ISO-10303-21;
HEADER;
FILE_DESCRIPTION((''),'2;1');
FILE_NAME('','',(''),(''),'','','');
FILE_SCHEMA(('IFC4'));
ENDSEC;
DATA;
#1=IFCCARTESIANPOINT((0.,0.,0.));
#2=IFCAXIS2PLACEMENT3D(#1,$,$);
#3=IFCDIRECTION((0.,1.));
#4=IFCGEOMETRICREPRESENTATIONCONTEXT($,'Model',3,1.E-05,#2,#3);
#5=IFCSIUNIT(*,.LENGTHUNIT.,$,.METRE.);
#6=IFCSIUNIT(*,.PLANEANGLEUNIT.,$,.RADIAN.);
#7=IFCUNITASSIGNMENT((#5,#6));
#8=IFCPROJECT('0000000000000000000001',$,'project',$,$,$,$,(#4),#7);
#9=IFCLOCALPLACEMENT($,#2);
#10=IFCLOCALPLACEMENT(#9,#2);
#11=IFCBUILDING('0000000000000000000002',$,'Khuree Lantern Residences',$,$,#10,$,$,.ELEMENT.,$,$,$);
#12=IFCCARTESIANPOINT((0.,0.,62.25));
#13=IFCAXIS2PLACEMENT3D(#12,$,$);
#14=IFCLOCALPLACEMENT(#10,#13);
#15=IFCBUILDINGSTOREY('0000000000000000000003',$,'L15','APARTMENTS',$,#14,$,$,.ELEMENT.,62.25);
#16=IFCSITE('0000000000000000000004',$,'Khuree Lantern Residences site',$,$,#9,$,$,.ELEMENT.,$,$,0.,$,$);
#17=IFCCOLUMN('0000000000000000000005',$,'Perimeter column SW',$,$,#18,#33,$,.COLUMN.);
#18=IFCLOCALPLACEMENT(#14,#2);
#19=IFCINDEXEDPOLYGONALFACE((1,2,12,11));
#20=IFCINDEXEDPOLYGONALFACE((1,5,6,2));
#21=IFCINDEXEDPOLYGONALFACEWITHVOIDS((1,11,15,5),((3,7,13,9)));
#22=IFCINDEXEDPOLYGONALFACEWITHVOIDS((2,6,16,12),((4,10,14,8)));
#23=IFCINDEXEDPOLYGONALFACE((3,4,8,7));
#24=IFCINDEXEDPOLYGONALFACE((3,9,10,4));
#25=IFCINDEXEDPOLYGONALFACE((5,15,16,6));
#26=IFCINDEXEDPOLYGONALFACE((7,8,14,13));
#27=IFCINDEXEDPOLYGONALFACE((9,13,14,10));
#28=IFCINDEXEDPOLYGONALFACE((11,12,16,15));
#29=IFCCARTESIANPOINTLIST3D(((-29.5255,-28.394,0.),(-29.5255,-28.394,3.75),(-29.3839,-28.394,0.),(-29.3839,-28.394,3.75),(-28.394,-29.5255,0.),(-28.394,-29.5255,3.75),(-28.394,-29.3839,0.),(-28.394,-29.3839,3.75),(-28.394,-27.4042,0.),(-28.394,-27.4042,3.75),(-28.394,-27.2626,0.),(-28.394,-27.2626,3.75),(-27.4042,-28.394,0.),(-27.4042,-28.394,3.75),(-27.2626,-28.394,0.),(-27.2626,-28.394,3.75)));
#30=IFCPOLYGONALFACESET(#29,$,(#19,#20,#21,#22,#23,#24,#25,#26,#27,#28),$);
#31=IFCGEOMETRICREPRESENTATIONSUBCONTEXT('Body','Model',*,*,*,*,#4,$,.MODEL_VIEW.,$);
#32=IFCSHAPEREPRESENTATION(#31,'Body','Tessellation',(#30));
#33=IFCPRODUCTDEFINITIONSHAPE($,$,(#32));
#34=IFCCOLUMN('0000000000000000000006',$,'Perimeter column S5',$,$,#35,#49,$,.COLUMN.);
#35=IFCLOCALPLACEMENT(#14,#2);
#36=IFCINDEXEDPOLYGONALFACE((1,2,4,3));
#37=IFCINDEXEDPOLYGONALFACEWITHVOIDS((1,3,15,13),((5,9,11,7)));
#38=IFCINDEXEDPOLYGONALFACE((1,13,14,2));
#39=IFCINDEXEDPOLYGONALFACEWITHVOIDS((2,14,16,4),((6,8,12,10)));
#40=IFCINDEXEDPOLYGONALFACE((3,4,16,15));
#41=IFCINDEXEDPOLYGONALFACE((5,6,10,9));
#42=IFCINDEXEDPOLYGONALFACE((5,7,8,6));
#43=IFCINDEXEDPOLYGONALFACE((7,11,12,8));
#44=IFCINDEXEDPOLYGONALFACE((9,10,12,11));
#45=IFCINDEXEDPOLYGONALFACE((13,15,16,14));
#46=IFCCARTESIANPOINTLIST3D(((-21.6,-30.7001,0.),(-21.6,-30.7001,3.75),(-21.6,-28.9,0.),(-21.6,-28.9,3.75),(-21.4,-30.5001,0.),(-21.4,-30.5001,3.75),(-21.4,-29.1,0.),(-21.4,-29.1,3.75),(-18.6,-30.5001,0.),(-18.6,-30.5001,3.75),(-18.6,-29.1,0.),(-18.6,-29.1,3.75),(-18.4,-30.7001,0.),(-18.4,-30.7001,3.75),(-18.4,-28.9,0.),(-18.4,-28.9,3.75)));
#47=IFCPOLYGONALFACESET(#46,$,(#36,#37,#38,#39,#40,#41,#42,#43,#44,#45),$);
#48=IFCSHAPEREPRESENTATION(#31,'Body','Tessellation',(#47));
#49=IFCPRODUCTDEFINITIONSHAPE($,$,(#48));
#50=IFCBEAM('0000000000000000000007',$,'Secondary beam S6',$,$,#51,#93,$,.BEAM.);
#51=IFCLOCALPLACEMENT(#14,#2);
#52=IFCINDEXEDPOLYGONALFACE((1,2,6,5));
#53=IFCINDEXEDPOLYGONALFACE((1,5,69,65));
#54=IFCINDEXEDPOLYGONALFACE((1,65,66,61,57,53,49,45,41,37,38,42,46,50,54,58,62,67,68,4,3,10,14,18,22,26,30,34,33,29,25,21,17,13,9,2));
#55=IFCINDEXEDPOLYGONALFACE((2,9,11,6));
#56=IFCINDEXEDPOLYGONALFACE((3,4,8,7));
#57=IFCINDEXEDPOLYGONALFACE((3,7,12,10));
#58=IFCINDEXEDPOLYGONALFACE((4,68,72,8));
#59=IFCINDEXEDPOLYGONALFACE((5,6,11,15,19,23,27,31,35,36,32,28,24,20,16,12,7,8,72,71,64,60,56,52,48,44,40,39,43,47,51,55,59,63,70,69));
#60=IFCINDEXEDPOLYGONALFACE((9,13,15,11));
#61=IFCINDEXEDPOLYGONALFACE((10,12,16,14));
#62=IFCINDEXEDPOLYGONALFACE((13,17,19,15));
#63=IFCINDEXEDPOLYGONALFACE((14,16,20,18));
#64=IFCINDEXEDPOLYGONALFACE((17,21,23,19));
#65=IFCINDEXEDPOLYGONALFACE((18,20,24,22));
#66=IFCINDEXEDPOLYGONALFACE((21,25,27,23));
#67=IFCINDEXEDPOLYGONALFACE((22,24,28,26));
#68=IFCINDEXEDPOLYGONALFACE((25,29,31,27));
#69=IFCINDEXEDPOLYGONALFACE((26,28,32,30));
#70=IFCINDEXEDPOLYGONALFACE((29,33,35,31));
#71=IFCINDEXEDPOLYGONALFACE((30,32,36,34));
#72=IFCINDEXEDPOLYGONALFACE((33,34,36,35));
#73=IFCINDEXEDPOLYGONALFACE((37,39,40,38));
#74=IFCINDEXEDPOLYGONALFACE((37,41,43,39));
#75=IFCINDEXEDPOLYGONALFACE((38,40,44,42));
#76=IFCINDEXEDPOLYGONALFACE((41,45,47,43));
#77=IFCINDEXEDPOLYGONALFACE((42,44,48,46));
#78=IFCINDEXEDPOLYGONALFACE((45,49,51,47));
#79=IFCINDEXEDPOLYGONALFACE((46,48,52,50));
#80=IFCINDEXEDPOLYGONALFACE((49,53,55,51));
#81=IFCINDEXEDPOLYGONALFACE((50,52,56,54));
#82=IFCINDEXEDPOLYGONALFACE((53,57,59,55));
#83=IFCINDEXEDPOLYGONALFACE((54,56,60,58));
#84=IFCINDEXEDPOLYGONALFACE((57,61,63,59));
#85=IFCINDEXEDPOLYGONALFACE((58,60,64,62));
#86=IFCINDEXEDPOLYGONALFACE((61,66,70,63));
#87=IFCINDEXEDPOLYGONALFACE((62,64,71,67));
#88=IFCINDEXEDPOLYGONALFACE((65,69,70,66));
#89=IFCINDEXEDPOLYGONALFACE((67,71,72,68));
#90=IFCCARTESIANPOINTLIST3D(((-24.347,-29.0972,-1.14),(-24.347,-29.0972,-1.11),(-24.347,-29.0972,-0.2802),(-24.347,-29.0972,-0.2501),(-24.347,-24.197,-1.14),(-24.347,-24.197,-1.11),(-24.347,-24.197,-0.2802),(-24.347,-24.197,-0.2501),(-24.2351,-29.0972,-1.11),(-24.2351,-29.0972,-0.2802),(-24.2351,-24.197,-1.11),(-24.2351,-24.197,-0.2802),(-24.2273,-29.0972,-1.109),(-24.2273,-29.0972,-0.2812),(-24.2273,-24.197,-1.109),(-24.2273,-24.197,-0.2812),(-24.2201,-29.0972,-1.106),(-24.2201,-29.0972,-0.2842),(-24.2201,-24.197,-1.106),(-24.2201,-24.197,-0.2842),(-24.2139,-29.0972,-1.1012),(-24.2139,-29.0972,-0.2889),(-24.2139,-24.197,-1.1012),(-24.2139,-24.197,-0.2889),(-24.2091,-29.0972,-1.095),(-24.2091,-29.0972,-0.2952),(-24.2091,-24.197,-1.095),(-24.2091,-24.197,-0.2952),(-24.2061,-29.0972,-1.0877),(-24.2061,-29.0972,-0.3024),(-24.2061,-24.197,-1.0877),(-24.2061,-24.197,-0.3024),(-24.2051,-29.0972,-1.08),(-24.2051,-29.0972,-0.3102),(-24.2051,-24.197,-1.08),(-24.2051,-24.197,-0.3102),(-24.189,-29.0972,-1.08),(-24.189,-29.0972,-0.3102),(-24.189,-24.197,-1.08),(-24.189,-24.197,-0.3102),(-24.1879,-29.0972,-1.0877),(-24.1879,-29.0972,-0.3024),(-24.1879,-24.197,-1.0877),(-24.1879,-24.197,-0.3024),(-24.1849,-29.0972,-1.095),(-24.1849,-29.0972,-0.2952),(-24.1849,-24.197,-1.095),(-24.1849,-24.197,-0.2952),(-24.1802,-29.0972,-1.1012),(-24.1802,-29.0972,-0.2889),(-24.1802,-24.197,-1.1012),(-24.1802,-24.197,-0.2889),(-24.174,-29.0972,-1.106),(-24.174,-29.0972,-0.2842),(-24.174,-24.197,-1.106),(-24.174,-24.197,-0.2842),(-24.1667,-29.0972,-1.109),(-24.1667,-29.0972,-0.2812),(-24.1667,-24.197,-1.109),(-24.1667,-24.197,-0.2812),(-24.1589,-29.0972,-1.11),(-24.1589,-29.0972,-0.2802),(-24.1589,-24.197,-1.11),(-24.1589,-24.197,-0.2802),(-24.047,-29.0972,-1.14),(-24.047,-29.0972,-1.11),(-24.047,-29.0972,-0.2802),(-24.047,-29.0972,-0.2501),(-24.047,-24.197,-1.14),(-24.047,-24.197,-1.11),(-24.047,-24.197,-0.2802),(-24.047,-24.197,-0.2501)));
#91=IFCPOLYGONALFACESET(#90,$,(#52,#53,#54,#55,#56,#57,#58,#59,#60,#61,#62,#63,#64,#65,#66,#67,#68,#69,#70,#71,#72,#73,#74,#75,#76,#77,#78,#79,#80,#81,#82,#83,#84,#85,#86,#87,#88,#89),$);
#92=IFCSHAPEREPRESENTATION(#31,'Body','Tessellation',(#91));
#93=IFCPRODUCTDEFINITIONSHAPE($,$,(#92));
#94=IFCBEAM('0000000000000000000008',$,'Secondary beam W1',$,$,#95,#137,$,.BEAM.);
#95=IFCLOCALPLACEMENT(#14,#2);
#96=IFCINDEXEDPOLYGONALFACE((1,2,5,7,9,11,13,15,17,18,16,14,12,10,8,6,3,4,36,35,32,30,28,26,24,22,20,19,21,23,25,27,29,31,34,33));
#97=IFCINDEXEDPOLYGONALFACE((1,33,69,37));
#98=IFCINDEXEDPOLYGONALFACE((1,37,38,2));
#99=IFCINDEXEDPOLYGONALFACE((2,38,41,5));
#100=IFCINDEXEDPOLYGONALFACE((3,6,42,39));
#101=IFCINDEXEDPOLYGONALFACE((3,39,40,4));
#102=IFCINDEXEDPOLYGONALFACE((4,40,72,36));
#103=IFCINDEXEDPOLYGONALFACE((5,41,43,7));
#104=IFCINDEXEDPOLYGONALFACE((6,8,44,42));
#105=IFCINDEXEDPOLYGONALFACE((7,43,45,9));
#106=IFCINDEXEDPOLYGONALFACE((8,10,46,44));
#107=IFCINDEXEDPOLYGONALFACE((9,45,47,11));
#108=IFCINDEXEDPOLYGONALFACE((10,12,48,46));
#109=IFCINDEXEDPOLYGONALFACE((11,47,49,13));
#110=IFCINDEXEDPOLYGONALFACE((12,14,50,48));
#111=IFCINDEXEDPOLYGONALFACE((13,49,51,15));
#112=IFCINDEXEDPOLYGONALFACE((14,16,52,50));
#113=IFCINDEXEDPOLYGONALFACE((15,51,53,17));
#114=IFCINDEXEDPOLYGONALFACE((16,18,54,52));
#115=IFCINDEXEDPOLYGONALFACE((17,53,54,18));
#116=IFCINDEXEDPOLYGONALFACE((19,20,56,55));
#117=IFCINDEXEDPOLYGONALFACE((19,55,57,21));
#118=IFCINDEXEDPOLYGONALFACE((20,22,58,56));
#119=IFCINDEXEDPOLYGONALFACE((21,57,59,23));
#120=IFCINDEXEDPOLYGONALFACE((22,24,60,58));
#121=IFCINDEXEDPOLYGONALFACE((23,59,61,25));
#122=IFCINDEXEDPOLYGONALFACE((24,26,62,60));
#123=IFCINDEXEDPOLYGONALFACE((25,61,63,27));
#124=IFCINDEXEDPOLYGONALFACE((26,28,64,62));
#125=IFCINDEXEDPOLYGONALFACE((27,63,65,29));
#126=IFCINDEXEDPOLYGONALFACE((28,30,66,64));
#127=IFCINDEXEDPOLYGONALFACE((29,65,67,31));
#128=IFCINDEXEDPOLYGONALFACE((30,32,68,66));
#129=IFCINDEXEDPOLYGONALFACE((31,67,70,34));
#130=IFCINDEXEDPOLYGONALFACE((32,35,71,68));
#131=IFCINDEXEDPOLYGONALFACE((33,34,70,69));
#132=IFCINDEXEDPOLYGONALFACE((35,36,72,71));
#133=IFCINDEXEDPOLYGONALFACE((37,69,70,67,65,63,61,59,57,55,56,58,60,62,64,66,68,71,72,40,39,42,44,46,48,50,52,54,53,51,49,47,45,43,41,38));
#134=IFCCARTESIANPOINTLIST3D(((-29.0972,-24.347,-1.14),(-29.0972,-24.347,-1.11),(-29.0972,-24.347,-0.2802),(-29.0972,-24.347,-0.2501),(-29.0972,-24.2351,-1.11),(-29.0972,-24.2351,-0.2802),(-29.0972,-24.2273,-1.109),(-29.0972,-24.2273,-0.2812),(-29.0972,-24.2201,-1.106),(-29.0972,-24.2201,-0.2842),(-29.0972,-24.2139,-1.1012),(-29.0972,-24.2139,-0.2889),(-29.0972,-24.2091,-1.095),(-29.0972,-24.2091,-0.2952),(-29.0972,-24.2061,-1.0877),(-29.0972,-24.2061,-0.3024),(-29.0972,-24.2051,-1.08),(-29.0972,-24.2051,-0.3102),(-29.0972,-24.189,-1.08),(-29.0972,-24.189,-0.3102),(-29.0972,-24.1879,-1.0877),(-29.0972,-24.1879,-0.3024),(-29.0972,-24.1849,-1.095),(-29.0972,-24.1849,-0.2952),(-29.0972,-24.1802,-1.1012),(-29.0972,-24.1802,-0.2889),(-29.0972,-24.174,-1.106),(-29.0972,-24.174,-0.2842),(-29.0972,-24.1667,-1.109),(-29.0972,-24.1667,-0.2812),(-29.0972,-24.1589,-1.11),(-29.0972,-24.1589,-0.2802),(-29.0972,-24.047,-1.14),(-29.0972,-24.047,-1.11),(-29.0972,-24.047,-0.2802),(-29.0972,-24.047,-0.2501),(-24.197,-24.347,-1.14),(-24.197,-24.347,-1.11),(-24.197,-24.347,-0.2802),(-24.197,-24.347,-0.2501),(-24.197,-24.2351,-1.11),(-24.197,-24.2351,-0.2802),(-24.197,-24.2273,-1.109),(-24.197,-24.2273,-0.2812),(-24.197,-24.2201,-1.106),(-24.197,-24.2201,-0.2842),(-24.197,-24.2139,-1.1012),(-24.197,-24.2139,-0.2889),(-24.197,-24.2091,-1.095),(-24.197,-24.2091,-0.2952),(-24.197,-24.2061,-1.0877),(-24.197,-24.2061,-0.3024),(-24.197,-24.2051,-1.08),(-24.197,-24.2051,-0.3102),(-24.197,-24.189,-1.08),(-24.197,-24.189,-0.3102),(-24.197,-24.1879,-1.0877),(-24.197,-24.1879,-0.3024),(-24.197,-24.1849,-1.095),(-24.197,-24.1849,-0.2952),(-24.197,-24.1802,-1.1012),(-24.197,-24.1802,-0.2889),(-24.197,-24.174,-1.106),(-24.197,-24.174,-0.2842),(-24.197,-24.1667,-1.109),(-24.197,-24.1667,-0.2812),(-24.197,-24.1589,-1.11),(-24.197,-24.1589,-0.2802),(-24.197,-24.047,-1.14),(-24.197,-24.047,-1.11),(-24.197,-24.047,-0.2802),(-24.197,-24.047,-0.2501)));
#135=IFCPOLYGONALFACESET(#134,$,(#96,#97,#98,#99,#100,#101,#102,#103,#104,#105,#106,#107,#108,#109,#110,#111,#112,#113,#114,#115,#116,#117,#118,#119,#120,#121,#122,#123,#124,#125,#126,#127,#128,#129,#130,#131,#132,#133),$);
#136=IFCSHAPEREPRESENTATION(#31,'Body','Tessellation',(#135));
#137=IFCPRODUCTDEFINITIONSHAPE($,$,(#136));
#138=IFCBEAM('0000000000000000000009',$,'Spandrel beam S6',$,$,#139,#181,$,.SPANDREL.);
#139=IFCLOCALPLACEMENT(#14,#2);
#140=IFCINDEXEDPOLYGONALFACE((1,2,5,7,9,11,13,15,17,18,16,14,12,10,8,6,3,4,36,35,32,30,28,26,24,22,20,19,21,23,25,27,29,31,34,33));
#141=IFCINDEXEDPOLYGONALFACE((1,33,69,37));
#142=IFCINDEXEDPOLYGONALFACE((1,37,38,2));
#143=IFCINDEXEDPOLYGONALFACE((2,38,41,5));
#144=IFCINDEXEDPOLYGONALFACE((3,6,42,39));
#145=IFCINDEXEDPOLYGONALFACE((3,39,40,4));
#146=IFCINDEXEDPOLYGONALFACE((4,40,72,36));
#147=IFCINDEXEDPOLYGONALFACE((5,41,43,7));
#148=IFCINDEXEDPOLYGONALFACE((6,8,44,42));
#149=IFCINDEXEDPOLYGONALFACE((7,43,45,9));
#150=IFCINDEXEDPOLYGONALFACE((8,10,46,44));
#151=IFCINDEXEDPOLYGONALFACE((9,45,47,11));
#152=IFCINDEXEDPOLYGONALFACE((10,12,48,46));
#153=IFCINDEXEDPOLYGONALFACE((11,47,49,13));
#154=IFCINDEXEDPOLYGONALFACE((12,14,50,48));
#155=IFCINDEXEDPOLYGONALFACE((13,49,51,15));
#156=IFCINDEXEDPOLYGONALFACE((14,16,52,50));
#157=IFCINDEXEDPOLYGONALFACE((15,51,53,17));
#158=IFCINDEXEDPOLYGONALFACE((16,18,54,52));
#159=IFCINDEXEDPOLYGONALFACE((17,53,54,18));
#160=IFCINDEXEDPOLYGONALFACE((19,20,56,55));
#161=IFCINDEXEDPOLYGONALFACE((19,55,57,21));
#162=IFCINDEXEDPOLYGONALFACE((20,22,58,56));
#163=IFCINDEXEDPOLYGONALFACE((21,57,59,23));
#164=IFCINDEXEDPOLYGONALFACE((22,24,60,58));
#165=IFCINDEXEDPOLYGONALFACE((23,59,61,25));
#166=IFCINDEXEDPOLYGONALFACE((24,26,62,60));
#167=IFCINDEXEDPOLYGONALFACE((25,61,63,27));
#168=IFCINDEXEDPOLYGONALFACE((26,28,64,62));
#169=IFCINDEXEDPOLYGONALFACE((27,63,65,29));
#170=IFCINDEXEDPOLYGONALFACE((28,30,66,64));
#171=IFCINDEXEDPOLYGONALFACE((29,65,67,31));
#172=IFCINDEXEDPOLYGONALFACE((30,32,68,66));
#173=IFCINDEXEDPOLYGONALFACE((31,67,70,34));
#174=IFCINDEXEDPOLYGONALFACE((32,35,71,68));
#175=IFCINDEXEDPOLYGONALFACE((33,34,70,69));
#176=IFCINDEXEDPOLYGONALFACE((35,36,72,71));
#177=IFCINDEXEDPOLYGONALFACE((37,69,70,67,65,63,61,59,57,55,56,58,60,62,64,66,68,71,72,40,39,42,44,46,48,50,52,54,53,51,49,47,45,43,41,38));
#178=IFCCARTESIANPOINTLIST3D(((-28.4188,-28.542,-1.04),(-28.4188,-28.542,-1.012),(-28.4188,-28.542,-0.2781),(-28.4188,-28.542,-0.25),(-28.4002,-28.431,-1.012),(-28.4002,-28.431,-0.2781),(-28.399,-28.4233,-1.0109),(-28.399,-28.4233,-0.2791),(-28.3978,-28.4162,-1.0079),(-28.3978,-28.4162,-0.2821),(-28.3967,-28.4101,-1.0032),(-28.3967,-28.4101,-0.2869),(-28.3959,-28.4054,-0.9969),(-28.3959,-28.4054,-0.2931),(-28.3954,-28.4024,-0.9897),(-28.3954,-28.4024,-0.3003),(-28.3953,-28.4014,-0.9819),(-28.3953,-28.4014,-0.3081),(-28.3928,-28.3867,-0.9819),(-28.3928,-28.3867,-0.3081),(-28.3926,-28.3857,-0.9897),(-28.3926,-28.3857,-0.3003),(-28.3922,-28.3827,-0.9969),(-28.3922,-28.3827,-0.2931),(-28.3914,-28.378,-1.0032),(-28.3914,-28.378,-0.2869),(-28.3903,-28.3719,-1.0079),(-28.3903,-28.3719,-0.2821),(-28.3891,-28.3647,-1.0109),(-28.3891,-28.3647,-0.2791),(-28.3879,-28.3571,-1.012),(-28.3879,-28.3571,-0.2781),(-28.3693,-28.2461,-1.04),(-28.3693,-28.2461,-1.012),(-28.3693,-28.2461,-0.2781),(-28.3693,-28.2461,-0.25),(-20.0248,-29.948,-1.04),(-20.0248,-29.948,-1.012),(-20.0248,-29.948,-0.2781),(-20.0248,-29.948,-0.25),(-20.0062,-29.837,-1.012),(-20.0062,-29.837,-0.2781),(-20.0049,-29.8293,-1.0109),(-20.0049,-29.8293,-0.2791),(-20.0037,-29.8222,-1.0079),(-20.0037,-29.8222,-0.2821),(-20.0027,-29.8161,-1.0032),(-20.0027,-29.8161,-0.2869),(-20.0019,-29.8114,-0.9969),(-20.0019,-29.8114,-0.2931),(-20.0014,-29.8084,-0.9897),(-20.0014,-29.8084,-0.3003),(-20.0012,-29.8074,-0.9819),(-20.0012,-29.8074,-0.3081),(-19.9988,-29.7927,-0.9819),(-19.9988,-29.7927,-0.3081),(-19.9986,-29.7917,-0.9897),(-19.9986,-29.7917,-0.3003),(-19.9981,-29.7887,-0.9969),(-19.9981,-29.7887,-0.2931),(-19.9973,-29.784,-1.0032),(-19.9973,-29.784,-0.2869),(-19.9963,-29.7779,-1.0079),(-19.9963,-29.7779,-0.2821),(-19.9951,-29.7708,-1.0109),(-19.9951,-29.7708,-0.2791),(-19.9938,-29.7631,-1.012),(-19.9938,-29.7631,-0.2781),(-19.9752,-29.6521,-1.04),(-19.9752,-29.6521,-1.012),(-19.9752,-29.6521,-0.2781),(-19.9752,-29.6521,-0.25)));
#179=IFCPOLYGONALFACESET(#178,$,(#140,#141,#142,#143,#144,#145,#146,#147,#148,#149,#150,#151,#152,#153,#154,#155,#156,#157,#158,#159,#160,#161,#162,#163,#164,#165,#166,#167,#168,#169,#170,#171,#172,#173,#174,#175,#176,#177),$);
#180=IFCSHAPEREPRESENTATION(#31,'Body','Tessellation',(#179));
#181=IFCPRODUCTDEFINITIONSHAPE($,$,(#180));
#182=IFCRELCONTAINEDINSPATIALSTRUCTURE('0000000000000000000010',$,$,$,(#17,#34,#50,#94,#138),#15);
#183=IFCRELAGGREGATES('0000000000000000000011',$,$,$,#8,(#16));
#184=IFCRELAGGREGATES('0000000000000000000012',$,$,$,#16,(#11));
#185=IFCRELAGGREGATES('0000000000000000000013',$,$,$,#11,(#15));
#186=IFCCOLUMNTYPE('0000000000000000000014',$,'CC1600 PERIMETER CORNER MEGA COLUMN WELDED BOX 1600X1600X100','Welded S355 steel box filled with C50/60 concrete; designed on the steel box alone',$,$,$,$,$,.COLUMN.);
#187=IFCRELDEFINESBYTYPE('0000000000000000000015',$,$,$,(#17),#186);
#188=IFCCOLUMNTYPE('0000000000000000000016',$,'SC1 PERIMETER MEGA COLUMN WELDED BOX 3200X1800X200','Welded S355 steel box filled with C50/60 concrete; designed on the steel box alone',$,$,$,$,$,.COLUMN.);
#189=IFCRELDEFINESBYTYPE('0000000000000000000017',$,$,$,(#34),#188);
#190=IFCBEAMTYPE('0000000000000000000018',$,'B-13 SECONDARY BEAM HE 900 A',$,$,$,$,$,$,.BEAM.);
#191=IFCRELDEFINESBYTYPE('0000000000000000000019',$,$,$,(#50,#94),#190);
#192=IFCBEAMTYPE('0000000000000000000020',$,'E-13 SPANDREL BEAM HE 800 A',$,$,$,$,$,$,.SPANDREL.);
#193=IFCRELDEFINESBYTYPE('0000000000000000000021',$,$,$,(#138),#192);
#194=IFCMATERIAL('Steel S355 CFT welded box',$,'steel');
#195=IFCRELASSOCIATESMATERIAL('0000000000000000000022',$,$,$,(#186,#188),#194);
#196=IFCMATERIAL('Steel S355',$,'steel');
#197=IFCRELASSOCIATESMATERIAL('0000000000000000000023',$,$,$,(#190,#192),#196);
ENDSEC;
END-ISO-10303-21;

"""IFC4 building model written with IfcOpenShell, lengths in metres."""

from ifc_helpers import new_model, si_unit, direction, frame, origin, origin_2d, place, context, subcontext, project, spatial, hollow_rectangle, i_section, extrude, material, material_profile, profile_set, type_object, element, save


model = new_model("IFC4")

# Units and contexts
model_context = context("Model", 3, precision=1e-05, world=origin(), true_north=direction((0.0, 1.0)))
body_context = subcontext(model_context, "Body", "Model", "MODEL_VIEW")
ifc_project = project(units=[si_unit("LENGTHUNIT", "METRE"), si_unit("PLANEANGLEUNIT", "RADIAN")], contexts=[model_context])

# Site, building, storey
site_placement = place(None, origin())
site = spatial("IfcSite", under=ifc_project, at=site_placement, Name="Khuree Lantern Residences site", CompositionType="ELEMENT", RefElevation=0.0)
building_placement = place(site_placement, origin())
building = spatial("IfcBuilding", under=site, at=building_placement, Name="Khuree Lantern Residences", CompositionType="ELEMENT")
storey_placement = place(building_placement, frame((0.0, 0.0, 62.25)))
storey = spatial("IfcBuildingStorey", under=building, at=storey_placement, Name="L15", Description="APARTMENTS", CompositionType="ELEMENT", Elevation=62.25)

# Columns
ifc_material_1 = material(Name="Steel S355 CFT welded box", Category="steel")
ifc_material_profile_1 = material_profile(ifc_material_1, hollow_rectangle(XDim=1.6001, YDim=1.6001, WallThickness=0.1001, at=origin_2d()), Name="WELDED BOX 1600X1600X100")
ifc_profile_set_1 = profile_set([ifc_material_profile_1], Name="Steel S355 CFT welded box")
column_type_1 = type_object("IfcColumnType", Name="CC1600 PERIMETER CORNER MEGA COLUMN WELDED BOX 1600X1600X100", Description="Welded S355 steel box filled with C50/60 concrete; designed on the steel box alone", PredefinedType="COLUMN", material=ifc_profile_set_1)
column_1_placement = place(storey_placement, frame((-28.394, -28.394, 0.0), z_axis=(0.0, 0.0, 1.0), x_axis=(0.707107, -0.707107, 0.0)))
element("IfcColumn", 1, at=column_1_placement, inside=storey, type_object=column_type_1, Name="Perimeter column SW", PredefinedType="COLUMN", context=body_context, shape_type="SweptSolid", body=[
    extrude(hollow_rectangle(XDim=1.6001, YDim=1.6001, WallThickness=0.1001, at=origin_2d()), origin(), (0.0, 0.0, 1.0), 3.75),
])
ifc_material_profile_2 = material_profile(ifc_material_1, hollow_rectangle(XDim=3.2, YDim=1.8, WallThickness=0.2, at=origin_2d()), Name="WELDED BOX 3200X1800X200")
ifc_profile_set_2 = profile_set([ifc_material_profile_2], Name="Steel S355 CFT welded box")
column_type_2 = type_object("IfcColumnType", Name="SC1 PERIMETER MEGA COLUMN WELDED BOX 3200X1800X200", Description="Welded S355 steel box filled with C50/60 concrete; designed on the steel box alone", PredefinedType="COLUMN", material=ifc_profile_set_2)
column_2_placement = place(storey_placement, frame((-20.0, -29.8, 0.0), z_axis=(0.0, 0.0, 1.0), x_axis=(1.0, 0.0, 0.0)))
element("IfcColumn", 2, at=column_2_placement, inside=storey, type_object=column_type_2, Name="Perimeter column S5", PredefinedType="COLUMN", context=body_context, shape_type="SweptSolid", body=[
    extrude(hollow_rectangle(XDim=3.2, YDim=1.8, WallThickness=0.2, at=origin_2d()), origin(), (0.0, 0.0, 1.0), 3.75),
])

# Beams
ifc_material_2 = material(Name="Steel S355", Category="steel")
ifc_material_profile_3 = material_profile(ifc_material_2, i_section(OverallWidth=0.3, OverallDepth=0.8899, WebThickness=0.0161, FlangeThickness=0.03, FilletRadius=0.03, at=origin_2d()), Name="HE 900 A")
ifc_profile_set_3 = profile_set([ifc_material_profile_3], Name="Steel S355")
beam_type_1 = type_object("IfcBeamType", Name="B-13 SECONDARY BEAM HE 900 A", PredefinedType="BEAM", material=ifc_profile_set_3)
for number, where, z_axis, x_axis, name in (
    (3, (-24.197, -29.0972, -0.6951), (0.0, 1.0, 0.0), (-1.0, 0.0, 0.0), "Secondary beam S6"),
    (4, (-29.0972, -24.197, -0.6951), (1.0, 0.0, 0.0), (0.0, 1.0, 0.0), "Secondary beam W1"),
):
    element("IfcBeam", number, at=place(storey_placement, frame(where, z_axis=z_axis, x_axis=x_axis)), inside=storey, type_object=beam_type_1, Name=name, PredefinedType="BEAM", context=body_context, shape_type="SweptSolid", body=[
        extrude(i_section(OverallWidth=0.3, OverallDepth=0.8899, WebThickness=0.0161, FlangeThickness=0.03, FilletRadius=0.03, at=origin_2d()), origin(), (0.0, 0.0, 1.0), 4.9001),
    ])
ifc_material_profile_4 = material_profile(ifc_material_2, i_section(OverallWidth=0.3, OverallDepth=0.79, WebThickness=0.0149, FlangeThickness=0.0281, FilletRadius=0.03, at=origin_2d()), Name="HE 800 A")
ifc_profile_set_4 = profile_set([ifc_material_profile_4], Name="Steel S355")
beam_type_2 = type_object("IfcBeamType", Name="E-13 SPANDREL BEAM HE 800 A", PredefinedType="SPANDREL", material=ifc_profile_set_4)
for number, where, z_axis, x_axis, name in (
    (5, (-20.0, -29.8, -0.645), (-0.98626, 0.165199, 0.0), (-0.165199, -0.98626, 0.0), "Spandrel beam S6"),
):
    element("IfcBeam", number, at=place(storey_placement, frame(where, z_axis=z_axis, x_axis=x_axis)), inside=storey, type_object=beam_type_2, Name=name, PredefinedType="SPANDREL", context=body_context, shape_type="SweptSolid", body=[
        extrude(i_section(OverallWidth=0.3, OverallDepth=0.79, WebThickness=0.0149, FlangeThickness=0.0281, FilletRadius=0.03, at=origin_2d()), origin(), (0.0, 0.0, 1.0), 8.511),
    ])

save(model, "model.ifc")
